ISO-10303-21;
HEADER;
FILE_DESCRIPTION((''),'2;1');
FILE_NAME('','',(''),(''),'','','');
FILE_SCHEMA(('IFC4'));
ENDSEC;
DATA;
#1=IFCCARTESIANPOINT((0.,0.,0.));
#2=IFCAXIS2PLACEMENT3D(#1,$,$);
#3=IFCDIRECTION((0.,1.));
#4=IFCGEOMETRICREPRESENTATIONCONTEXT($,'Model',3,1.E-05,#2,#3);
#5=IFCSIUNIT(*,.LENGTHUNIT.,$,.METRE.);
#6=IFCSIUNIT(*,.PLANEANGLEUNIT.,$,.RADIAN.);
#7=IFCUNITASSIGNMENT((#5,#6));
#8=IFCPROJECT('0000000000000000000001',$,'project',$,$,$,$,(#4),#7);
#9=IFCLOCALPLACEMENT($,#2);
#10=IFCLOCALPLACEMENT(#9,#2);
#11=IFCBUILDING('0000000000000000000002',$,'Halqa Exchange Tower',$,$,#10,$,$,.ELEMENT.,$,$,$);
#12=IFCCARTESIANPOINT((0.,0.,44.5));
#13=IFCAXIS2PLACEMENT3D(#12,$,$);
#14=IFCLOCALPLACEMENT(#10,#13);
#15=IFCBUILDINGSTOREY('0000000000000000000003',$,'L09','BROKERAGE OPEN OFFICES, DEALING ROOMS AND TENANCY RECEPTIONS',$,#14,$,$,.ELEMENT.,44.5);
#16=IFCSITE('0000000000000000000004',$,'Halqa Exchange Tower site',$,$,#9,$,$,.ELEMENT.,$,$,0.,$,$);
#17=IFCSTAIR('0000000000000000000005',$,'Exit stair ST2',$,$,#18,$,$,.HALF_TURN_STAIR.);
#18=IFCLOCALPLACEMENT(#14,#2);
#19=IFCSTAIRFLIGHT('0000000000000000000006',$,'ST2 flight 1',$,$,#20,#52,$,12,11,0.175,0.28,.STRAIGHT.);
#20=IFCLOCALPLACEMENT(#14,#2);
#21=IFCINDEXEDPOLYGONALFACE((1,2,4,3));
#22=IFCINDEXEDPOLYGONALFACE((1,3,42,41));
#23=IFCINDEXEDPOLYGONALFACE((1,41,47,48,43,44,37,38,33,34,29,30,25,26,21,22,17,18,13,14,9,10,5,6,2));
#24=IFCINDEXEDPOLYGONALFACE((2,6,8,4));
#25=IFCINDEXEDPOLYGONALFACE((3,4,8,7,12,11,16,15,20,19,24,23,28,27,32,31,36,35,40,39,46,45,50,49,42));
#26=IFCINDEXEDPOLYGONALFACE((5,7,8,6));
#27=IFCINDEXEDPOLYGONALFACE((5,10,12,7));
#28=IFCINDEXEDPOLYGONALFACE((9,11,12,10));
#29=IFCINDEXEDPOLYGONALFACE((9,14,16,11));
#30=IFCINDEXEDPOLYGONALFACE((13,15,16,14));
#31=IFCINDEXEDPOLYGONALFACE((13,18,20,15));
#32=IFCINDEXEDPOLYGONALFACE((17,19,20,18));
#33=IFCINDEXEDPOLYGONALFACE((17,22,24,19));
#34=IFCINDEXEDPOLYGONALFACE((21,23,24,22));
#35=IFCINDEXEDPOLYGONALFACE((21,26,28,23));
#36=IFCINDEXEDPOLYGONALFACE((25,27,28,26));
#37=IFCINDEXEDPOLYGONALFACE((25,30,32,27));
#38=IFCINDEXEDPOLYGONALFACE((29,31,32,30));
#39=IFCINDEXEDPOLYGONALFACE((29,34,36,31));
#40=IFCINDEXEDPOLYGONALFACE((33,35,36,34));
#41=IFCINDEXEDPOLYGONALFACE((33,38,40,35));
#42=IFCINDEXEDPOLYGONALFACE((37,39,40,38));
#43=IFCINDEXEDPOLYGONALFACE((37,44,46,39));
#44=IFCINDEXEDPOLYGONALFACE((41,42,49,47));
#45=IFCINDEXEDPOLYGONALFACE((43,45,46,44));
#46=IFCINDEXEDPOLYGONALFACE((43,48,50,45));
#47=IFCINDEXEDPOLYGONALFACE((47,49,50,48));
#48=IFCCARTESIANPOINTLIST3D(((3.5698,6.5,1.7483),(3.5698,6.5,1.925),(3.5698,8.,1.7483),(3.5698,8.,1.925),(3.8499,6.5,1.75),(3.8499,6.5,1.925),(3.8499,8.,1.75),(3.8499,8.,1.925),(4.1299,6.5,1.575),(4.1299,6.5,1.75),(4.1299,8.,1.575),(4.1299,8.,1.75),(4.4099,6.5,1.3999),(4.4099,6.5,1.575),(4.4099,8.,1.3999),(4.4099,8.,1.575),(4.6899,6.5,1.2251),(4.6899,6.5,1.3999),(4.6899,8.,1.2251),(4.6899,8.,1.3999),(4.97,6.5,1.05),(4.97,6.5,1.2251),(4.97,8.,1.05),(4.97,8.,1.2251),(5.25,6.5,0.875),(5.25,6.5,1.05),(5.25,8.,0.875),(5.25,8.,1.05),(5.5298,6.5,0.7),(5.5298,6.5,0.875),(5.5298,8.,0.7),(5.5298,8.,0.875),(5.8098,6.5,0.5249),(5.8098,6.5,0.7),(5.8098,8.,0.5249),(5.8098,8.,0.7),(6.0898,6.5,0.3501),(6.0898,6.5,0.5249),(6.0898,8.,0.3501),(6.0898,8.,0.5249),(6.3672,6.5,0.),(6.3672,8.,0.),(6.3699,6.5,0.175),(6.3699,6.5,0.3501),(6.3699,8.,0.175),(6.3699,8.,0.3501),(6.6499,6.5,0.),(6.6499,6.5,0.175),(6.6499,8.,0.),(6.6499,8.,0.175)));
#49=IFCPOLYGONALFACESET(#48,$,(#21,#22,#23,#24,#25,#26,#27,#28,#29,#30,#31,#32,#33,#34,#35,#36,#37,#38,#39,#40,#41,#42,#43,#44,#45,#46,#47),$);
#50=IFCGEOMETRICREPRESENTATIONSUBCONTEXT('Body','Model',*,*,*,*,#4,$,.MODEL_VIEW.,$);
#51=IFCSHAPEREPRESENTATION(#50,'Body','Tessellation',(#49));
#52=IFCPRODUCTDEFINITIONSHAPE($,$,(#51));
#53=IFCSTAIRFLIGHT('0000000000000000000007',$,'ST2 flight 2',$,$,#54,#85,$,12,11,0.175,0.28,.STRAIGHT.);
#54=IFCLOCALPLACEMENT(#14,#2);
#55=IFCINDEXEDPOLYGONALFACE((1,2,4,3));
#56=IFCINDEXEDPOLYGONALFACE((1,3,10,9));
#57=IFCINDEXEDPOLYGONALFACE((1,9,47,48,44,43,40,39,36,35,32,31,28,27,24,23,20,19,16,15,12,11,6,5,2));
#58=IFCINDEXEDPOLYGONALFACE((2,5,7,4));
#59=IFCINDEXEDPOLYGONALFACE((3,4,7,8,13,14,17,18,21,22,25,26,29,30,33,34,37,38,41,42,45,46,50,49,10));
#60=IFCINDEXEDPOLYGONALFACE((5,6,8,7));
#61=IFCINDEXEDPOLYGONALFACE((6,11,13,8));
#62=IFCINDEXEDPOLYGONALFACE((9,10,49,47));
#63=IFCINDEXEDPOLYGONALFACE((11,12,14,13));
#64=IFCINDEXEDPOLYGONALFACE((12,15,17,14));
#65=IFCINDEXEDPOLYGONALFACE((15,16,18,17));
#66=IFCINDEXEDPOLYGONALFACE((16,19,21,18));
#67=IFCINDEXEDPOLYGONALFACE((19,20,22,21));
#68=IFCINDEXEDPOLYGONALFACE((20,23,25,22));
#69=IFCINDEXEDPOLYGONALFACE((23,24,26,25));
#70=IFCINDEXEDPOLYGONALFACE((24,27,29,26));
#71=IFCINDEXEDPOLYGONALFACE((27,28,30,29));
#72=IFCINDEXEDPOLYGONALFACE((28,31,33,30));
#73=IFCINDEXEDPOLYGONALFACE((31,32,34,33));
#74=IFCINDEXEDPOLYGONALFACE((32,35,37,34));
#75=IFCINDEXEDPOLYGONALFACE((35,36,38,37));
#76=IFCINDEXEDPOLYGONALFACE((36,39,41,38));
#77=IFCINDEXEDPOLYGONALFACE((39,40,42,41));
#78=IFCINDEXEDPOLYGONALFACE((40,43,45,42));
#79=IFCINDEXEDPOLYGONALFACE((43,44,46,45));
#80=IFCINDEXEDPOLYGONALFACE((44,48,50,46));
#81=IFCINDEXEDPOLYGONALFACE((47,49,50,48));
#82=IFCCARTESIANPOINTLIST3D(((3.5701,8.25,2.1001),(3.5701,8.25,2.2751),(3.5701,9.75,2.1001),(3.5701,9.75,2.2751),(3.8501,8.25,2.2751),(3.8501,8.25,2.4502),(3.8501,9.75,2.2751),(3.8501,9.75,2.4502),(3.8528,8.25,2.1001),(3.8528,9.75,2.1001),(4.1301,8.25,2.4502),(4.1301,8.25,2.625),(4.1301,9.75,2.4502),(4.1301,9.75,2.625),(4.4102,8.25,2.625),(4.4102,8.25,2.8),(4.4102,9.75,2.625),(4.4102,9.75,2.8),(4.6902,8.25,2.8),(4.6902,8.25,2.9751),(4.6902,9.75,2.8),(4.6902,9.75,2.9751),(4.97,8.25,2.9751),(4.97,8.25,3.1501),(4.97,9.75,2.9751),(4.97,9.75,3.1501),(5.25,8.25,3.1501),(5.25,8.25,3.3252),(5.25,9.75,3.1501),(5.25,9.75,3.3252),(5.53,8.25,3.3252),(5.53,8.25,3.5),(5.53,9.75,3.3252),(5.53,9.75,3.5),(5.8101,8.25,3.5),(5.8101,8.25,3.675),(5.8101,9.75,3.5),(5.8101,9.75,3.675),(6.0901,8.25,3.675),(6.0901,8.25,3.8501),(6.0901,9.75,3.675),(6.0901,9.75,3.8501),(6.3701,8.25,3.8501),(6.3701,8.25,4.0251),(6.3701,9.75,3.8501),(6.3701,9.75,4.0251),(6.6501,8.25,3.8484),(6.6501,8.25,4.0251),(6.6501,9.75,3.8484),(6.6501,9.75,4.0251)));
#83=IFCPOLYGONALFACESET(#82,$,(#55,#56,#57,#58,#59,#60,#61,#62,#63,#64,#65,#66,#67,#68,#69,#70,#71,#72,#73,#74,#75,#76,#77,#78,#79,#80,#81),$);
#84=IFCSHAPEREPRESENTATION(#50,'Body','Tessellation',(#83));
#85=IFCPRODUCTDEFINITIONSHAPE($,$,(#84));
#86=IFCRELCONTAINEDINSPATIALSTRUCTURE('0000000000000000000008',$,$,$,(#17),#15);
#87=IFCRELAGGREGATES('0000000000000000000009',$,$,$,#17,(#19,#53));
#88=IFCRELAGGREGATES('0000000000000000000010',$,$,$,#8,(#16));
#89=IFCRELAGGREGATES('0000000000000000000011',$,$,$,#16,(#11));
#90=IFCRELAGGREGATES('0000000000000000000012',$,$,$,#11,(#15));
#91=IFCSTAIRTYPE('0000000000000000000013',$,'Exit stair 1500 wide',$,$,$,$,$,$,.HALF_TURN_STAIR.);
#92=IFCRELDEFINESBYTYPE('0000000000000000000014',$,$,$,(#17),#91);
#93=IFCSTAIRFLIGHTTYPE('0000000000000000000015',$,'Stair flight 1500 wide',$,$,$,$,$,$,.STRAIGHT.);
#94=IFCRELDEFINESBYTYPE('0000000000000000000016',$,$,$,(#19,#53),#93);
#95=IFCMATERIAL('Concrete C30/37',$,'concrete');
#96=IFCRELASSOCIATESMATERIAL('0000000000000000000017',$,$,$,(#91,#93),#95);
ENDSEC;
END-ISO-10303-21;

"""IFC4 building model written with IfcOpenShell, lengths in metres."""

from ifc_helpers import new_model, si_unit, direction, frame, origin, place, context, subcontext, project, spatial, polyline, outline, extrude, material, type_object, element, aggregate, save


model = new_model("IFC4")

# Units and contexts
model_context = context("Model", 3, precision=1e-05, world=origin(), true_north=direction((0.0, 1.0)))
body_context = subcontext(model_context, "Body", "Model", "MODEL_VIEW")
ifc_project = project(units=[si_unit("LENGTHUNIT", "METRE"), si_unit("PLANEANGLEUNIT", "RADIAN")], contexts=[model_context])

# Site, building, storey
site_placement = place(None, origin())
site = spatial("IfcSite", under=ifc_project, at=site_placement, Name="Halqa Exchange Tower site", CompositionType="ELEMENT", RefElevation=0.0)
building_placement = place(site_placement, origin())
building = spatial("IfcBuilding", under=site, at=building_placement, Name="Halqa Exchange Tower", CompositionType="ELEMENT")
storey_placement = place(building_placement, frame((0.0, 0.0, 44.5)))
storey = spatial("IfcBuildingStorey", under=building, at=storey_placement, Name="L09", Description="BROKERAGE OPEN OFFICES, DEALING ROOMS AND TENANCY RECEPTIONS", CompositionType="ELEMENT", Elevation=44.5)

# Stair
ifc_material_1 = material(Name="Concrete C30/37", Category="concrete")
stair_type = type_object("IfcStairType", Name="Exit stair 1500 wide", PredefinedType="HALF_TURN_STAIR", material=ifc_material_1)
stair_1_placement = place(storey_placement, origin())
stair_1 = element("IfcStair", 1, at=stair_1_placement, inside=storey, type_object=stair_type, Name="Exit stair ST2", PredefinedType="HALF_TURN_STAIR")

# Stair flights
stair_flight_type = type_object("IfcStairFlightType", Name="Stair flight 1500 wide", PredefinedType="STRAIGHT", material=ifc_material_1)
stair_flight_1_placement = place(storey_placement, frame((6.6499, 7.25, 0.0), z_axis=(0.0, 0.0, 1.0), x_axis=(-1.0, 0.0, 0.0)))
stair_flight_1 = element("IfcStairFlight", 2, at=stair_flight_1_placement, type_object=stair_flight_type, Name="ST2 flight 1", NumberOfRisers=12, NumberOfTreads=11, PredefinedType="STRAIGHT", RiserHeight=0.175, TreadLength=0.28, context=body_context, shape_type="SweptSolid", body=[
    extrude(outline(polyline([(0.0, 0.0), (0.0, 0.175), (0.28, 0.175), (0.28, 0.3501), (0.5601, 0.3501), (0.5601, 0.5249), (0.8401, 0.5249), (0.8401, 0.7), (1.1201, 0.7), (1.1201, 0.875), (1.3999, 0.875), (1.3999, 1.05), (1.6799, 1.05), (1.6799, 1.2251), (1.96, 1.2251), (1.96, 1.3999), (2.24, 1.3999), (2.24, 1.575), (2.52, 1.575), (2.52, 1.75), (2.8, 1.75), (2.8, 1.925), (3.0801, 1.925), (3.0801, 2.1001), (3.0801, 1.7483), (0.2827, 0.0), (0.0, 0.0)])), frame((0.0, 0.75, 0.0), z_axis=(0.0, -1.0, 0.0), x_axis=(1.0, 0.0, 0.0)), (0.0, 0.0, 1.0), 1.5),
])
stair_flight_2_placement = place(storey_placement, frame((3.5701, 9.0, 2.1001), z_axis=(0.0, 0.0, 1.0), x_axis=(1.0, 0.0, 0.0)))
stair_flight_2 = element("IfcStairFlight", 3, at=stair_flight_2_placement, type_object=stair_flight_type, Name="ST2 flight 2", NumberOfRisers=12, NumberOfTreads=11, PredefinedType="STRAIGHT", RiserHeight=0.175, TreadLength=0.28, context=body_context, shape_type="SweptSolid", body=[
    extrude(outline(polyline([(0.0, 0.0), (0.0, 0.175), (0.28, 0.175), (0.28, 0.3501), (0.5601, 0.3501), (0.5601, 0.5249), (0.8401, 0.5249), (0.8401, 0.7), (1.1201, 0.7), (1.1201, 0.875), (1.3999, 0.875), (1.3999, 1.05), (1.6799, 1.05), (1.6799, 1.2251), (1.96, 1.2251), (1.96, 1.3999), (2.24, 1.3999), (2.24, 1.575), (2.52, 1.575), (2.52, 1.75), (2.8, 1.75), (2.8, 1.925), (3.0801, 1.925), (3.0801, 2.1001), (3.0801, 1.7483), (0.2827, 0.0), (0.0, 0.0)])), frame((0.0, 0.75, 0.0), z_axis=(0.0, -1.0, 0.0), x_axis=(1.0, 0.0, 0.0)), (0.0, 0.0, 1.0), 1.5),
])
aggregate(stair_1, [stair_flight_1, stair_flight_2])

save(model, "model.ifc")
